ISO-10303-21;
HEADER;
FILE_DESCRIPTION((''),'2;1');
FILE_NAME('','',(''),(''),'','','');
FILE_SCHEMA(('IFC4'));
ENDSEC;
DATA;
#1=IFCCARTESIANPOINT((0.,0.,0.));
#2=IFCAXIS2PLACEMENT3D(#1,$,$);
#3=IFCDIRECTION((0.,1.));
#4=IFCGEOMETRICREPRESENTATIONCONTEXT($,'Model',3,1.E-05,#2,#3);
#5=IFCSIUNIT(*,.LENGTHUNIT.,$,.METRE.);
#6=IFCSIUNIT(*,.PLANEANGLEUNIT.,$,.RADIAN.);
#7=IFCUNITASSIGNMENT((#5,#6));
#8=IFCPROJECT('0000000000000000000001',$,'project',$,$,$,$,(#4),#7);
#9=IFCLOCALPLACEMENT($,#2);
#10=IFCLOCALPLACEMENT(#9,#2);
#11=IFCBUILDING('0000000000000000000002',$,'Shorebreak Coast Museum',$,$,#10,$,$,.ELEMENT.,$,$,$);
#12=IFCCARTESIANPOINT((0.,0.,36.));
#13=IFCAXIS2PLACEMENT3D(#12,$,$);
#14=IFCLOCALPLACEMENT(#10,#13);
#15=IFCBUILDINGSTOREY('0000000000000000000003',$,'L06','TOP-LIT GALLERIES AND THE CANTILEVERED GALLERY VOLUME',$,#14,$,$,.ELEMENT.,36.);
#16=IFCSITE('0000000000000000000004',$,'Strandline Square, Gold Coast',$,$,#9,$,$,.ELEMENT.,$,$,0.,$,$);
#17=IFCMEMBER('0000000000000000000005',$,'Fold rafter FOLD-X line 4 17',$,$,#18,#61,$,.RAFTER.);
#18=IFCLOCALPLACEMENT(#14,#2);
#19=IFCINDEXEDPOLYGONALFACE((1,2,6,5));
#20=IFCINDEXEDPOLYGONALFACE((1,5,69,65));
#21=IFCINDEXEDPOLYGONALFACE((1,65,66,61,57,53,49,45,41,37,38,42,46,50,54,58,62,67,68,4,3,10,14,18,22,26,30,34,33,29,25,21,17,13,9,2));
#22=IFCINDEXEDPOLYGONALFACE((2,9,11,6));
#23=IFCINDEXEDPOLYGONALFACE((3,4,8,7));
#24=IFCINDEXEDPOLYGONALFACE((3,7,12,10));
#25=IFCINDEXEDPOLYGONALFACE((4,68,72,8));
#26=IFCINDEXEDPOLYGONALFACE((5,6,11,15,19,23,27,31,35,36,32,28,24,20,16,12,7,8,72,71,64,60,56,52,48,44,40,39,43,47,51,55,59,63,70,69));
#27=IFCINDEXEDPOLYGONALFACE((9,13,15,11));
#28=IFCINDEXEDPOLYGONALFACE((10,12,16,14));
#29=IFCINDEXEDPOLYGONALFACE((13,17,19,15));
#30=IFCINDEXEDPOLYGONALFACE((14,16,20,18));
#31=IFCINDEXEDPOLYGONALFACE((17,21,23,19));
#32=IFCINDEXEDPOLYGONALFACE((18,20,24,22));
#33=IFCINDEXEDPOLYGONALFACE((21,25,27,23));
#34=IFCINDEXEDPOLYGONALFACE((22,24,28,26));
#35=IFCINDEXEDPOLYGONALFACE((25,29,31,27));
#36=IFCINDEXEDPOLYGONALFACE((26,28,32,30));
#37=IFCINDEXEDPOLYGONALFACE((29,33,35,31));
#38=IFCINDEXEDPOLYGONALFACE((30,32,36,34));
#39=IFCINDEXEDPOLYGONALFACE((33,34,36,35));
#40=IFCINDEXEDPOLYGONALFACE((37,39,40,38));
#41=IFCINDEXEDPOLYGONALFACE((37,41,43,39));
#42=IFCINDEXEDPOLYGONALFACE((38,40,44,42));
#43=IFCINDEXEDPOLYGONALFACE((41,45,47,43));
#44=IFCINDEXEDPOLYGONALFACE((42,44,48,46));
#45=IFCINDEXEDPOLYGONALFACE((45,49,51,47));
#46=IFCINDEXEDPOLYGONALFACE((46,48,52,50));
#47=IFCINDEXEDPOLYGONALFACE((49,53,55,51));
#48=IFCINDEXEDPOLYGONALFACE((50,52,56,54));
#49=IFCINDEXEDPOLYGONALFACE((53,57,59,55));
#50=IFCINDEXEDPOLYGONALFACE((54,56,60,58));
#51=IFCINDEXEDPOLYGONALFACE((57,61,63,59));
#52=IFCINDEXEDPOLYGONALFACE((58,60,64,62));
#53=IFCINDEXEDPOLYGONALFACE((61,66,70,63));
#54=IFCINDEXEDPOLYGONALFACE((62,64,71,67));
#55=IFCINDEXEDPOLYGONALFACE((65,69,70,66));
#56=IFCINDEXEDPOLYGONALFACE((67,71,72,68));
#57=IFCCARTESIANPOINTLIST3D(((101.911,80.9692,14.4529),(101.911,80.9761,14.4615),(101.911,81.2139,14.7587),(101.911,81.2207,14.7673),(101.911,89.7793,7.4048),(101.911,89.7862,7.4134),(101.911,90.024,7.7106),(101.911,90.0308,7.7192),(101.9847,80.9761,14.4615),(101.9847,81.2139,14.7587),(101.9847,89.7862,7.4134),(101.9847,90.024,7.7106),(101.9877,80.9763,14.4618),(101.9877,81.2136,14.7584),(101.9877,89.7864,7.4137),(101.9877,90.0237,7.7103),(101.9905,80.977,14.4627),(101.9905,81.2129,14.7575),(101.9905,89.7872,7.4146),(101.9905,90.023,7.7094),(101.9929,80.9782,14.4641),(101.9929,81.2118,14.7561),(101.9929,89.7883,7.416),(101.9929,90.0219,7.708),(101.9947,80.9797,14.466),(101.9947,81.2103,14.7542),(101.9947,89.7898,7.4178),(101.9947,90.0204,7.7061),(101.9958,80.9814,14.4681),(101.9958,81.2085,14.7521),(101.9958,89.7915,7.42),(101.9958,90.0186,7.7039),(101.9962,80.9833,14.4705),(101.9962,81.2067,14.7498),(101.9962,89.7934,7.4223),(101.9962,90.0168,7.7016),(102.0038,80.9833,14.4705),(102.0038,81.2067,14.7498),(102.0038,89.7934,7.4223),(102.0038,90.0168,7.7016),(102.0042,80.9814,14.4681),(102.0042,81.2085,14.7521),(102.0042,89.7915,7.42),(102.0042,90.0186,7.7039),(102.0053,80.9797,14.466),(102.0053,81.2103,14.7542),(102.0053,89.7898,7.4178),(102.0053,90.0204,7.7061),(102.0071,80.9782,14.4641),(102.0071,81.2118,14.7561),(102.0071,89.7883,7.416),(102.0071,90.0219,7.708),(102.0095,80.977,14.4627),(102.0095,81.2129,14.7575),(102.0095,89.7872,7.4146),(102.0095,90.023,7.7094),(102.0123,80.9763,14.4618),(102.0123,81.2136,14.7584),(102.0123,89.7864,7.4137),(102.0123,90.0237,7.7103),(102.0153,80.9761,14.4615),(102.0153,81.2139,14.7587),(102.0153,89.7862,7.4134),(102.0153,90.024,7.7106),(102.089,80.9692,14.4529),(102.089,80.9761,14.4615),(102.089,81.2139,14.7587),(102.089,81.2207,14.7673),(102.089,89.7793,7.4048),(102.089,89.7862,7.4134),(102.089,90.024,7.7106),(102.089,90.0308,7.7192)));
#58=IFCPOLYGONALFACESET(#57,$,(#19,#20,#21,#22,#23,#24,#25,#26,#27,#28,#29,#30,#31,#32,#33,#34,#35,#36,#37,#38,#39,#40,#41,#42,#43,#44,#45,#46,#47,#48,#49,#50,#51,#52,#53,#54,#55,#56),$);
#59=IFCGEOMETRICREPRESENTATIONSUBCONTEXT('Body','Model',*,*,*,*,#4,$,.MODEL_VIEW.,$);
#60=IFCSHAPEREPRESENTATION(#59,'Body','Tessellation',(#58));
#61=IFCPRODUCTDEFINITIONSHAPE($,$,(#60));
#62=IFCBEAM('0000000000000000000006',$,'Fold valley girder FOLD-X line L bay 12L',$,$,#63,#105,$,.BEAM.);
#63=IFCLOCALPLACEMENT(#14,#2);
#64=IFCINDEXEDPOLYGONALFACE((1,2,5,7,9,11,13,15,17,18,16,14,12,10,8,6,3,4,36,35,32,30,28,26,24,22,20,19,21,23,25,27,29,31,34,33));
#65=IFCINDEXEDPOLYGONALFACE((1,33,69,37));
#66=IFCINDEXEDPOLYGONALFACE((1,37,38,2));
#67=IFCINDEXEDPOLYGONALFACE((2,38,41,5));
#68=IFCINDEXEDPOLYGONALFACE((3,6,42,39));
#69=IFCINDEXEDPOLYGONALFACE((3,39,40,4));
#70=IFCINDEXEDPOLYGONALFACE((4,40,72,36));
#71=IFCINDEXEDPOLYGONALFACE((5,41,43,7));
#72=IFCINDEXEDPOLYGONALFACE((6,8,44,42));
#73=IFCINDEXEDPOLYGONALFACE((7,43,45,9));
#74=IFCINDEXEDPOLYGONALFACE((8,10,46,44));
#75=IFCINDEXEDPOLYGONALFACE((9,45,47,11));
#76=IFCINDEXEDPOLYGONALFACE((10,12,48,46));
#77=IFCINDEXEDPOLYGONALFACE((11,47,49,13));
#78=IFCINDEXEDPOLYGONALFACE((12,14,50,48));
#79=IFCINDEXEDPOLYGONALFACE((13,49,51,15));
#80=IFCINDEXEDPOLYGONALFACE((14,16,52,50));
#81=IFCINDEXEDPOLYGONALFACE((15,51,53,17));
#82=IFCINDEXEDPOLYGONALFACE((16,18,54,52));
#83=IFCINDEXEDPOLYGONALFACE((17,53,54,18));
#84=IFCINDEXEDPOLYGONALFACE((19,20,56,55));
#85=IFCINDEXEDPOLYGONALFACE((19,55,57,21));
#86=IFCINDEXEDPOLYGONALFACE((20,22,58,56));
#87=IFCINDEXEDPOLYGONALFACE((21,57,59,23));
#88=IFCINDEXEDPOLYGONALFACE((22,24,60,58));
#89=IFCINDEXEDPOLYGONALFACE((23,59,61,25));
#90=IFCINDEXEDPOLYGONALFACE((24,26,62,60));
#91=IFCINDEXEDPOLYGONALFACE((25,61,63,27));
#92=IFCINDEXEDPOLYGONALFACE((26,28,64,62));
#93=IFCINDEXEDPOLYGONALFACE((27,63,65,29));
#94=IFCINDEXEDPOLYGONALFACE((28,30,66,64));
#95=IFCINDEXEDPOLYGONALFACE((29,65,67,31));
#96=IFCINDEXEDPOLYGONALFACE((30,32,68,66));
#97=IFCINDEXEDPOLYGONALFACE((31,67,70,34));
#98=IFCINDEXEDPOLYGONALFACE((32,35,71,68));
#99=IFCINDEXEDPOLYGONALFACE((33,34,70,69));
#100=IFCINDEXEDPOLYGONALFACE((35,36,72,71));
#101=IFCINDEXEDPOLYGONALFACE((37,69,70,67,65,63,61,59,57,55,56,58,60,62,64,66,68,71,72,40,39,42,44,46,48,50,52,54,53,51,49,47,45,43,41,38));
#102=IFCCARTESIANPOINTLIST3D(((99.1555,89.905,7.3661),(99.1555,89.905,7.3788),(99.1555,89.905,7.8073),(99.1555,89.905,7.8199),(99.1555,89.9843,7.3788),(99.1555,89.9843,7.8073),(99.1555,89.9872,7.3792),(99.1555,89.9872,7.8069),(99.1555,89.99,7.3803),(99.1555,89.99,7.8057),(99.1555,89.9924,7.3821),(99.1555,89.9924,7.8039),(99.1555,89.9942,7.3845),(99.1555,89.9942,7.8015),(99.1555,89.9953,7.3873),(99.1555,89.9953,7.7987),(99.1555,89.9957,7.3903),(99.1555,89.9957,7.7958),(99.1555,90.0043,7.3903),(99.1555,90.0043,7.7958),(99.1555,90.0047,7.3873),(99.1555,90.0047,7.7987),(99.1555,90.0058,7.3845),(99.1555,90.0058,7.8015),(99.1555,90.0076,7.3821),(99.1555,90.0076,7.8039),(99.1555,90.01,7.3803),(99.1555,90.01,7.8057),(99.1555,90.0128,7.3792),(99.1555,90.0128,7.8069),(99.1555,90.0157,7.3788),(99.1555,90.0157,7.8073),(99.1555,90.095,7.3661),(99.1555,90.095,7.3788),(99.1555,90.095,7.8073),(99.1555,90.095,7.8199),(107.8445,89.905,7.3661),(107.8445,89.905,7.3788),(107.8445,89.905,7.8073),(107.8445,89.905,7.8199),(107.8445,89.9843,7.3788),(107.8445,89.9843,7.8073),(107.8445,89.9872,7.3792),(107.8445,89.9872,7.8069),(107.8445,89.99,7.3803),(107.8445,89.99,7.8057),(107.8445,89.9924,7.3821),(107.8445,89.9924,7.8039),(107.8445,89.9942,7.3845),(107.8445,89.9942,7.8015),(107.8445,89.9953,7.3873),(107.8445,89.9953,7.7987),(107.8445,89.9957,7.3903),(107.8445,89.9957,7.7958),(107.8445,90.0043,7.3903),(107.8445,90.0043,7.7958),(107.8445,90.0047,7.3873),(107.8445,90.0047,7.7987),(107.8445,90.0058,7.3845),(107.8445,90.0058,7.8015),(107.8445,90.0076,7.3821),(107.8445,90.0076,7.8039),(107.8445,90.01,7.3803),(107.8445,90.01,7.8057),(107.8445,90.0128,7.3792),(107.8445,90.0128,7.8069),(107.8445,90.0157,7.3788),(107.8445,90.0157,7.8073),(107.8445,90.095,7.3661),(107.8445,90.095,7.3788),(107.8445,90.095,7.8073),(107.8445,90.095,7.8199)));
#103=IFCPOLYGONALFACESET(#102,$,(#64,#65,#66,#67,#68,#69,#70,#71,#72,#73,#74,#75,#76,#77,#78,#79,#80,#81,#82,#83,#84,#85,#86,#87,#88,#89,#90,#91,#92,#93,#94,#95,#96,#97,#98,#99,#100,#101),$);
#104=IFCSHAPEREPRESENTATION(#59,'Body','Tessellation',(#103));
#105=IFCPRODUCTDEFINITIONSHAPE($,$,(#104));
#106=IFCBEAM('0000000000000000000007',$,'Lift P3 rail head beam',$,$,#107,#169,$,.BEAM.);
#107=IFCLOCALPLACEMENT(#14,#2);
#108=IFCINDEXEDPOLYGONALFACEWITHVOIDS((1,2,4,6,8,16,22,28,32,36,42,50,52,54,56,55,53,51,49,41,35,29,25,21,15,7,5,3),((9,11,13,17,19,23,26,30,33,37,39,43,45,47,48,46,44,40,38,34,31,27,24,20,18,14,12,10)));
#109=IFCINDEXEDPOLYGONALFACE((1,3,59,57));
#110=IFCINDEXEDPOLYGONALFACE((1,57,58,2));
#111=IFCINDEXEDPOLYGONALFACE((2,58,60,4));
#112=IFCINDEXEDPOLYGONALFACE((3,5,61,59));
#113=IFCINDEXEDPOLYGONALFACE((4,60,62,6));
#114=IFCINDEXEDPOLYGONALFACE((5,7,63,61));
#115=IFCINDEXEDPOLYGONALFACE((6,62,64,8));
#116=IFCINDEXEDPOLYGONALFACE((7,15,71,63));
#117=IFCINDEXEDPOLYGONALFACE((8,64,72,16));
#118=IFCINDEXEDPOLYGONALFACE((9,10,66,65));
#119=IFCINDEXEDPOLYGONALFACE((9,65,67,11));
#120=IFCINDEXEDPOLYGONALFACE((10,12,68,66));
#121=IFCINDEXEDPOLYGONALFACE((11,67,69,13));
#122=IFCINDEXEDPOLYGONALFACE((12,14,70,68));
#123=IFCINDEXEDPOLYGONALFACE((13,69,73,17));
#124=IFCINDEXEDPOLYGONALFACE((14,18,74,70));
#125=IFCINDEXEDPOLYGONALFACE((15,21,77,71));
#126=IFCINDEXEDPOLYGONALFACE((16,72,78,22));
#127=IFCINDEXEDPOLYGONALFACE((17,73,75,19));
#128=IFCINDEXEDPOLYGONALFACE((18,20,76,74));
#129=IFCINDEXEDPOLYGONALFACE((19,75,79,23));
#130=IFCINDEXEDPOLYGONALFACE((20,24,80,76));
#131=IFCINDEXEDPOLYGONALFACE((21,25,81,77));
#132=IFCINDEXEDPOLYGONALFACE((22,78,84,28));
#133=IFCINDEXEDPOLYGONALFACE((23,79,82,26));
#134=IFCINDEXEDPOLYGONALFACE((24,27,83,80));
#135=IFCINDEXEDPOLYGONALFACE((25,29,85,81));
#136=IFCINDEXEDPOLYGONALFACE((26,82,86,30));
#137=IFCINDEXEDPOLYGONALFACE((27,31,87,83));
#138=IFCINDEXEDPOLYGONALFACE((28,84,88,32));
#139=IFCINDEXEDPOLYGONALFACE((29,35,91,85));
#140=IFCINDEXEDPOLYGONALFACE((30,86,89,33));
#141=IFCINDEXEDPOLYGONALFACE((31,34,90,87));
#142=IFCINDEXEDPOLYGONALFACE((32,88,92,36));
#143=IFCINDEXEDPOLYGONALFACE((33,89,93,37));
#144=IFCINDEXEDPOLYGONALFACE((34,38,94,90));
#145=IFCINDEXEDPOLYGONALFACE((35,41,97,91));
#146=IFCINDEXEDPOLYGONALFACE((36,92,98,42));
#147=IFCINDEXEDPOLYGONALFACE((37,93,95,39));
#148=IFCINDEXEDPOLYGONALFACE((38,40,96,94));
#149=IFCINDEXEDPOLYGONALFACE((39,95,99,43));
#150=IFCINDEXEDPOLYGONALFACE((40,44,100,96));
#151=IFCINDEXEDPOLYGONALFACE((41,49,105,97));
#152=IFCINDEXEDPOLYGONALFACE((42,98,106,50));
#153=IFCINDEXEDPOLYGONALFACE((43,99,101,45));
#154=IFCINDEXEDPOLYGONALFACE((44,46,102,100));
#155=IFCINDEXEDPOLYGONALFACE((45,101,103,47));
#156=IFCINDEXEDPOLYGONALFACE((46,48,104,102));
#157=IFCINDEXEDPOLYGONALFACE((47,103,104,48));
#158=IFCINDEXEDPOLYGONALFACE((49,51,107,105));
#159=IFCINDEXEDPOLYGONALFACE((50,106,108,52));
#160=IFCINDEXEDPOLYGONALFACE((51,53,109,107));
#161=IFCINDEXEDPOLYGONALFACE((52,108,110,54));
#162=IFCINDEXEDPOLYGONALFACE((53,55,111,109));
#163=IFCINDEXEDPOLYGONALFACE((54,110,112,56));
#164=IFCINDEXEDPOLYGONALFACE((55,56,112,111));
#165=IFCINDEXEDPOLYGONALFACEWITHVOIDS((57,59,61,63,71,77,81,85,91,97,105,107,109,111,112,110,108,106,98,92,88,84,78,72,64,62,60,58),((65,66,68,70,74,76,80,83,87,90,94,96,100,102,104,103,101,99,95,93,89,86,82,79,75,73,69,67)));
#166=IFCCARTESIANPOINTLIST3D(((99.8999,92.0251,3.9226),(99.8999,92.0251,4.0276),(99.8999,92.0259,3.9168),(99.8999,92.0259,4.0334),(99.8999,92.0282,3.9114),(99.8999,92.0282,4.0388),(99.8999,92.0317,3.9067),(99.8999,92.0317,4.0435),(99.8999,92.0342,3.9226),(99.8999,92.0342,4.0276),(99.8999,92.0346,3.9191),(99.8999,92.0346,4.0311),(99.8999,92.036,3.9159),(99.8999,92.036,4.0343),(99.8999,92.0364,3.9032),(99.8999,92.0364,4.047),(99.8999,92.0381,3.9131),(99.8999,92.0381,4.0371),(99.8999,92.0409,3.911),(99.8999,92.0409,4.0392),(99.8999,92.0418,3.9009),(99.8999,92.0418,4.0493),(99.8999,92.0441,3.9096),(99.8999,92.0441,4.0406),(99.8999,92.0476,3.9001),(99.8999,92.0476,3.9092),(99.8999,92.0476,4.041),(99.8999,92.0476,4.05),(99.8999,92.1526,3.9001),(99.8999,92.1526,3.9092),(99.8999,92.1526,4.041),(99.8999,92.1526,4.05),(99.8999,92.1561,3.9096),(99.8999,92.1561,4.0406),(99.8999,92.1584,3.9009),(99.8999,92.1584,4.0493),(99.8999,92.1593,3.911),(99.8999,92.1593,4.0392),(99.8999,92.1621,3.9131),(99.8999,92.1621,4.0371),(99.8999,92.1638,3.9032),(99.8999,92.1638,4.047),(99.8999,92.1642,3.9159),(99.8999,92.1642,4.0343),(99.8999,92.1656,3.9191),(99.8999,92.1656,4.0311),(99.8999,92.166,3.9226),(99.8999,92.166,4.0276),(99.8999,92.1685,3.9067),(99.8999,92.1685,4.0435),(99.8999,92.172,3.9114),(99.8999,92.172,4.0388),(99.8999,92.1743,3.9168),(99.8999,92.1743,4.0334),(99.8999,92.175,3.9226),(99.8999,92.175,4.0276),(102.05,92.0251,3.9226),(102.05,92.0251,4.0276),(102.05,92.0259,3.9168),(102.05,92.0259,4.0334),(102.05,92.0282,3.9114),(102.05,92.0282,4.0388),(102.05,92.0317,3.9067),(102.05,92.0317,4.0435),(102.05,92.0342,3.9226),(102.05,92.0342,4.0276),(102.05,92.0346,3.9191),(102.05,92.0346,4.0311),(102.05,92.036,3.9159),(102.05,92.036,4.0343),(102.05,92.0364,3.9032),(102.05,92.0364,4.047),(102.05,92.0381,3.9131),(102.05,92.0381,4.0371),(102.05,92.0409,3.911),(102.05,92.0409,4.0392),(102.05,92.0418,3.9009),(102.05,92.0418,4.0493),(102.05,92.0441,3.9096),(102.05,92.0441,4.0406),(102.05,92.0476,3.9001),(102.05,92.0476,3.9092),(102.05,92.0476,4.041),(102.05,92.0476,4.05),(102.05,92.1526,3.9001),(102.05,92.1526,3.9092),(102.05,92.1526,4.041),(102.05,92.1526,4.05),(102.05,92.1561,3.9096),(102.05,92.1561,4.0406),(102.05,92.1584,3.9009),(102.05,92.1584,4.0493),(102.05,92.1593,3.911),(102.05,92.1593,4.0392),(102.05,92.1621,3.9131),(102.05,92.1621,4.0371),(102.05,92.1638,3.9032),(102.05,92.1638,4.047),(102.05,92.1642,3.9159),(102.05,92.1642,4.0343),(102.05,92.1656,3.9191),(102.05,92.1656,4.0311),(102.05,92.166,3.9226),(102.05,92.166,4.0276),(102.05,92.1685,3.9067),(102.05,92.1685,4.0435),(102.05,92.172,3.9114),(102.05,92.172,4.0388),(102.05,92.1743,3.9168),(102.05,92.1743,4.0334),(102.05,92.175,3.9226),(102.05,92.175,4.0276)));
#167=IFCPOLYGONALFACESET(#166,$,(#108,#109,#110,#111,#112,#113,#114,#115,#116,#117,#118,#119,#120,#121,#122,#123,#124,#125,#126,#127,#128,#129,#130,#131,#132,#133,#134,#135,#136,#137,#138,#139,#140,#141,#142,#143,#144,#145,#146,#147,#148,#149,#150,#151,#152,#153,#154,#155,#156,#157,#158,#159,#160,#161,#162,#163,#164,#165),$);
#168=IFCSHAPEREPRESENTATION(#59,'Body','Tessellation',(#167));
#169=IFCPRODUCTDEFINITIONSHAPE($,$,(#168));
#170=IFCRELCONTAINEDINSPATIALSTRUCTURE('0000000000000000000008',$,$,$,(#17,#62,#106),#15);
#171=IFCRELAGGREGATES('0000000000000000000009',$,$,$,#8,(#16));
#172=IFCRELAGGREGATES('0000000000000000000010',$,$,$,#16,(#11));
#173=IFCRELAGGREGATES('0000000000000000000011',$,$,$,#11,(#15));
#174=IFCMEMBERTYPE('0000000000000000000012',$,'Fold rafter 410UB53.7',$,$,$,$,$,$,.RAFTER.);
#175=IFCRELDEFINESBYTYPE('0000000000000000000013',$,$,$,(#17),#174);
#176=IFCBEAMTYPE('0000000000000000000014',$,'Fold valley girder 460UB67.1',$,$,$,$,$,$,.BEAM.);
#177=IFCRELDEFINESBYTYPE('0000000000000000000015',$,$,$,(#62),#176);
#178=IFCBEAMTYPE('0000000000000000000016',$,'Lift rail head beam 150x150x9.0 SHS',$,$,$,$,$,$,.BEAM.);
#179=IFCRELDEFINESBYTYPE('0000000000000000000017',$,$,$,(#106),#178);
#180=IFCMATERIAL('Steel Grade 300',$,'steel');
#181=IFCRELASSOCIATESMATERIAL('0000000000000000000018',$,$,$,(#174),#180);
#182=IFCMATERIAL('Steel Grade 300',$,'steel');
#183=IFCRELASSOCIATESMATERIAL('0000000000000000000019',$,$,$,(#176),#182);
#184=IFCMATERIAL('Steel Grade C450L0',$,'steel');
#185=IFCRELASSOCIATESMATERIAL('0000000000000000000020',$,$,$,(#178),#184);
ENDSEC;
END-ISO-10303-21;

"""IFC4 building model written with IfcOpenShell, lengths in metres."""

from ifc_helpers import new_model, si_unit, direction, frame, origin, origin_2d, place, context, subcontext, project, spatial, hollow_rectangle, i_section, extrude, material, material_profile, profile_set, type_object, element, save


model = new_model("IFC4")

# Units and contexts
model_context = context("Model", 3, precision=1e-05, world=origin(), true_north=direction((0.0, 1.0)))
body_context = subcontext(model_context, "Body", "Model", "MODEL_VIEW")
ifc_project = project(units=[si_unit("LENGTHUNIT", "METRE"), si_unit("PLANEANGLEUNIT", "RADIAN")], contexts=[model_context])

# Site, building, storey
site_placement = place(None, origin())
site = spatial("IfcSite", under=ifc_project, at=site_placement, Name="Strandline Square, Gold Coast", CompositionType="ELEMENT", RefElevation=0.0)
building_placement = place(site_placement, origin())
building = spatial("IfcBuilding", under=site, at=building_placement, Name="Shorebreak Coast Museum", CompositionType="ELEMENT")
storey_placement = place(building_placement, frame((0.0, 0.0, 36.0)))
storey = spatial("IfcBuildingStorey", under=building, at=storey_placement, Name="L06", Description="TOP-LIT GALLERIES AND THE CANTILEVERED GALLERY VOLUME", CompositionType="ELEMENT", Elevation=36.0)

# Member
ifc_material_1 = material(Name="Steel Grade 300", Category="steel")
ifc_material_profile_1 = material_profile(ifc_material_1, i_section(OverallWidth=0.178, OverallDepth=0.4026, WebThickness=0.0076, FlangeThickness=0.011, FilletRadius=0.0115, at=origin_2d()), Name="410UB53.7")
ifc_profile_set_1 = profile_set([ifc_material_profile_1], Name="Steel Grade 300")
member_type_1 = type_object("IfcMemberType", Name="Fold rafter 410UB53.7", PredefinedType="RAFTER", material=ifc_profile_set_1)
member_1_placement = place(storey_placement, frame((102.0, 81.095, 14.6101), z_axis=(0.0, 0.780867, -0.624698), x_axis=(-1.0, 0.0, 0.0)))
element("IfcMember", 1, at=member_1_placement, inside=storey, type_object=member_type_1, Name="Fold rafter FOLD-X line 4 17", PredefinedType="RAFTER", context=body_context, shape_type="SweptSolid", body=[
    extrude(i_section(OverallWidth=0.178, OverallDepth=0.4026, WebThickness=0.0076, FlangeThickness=0.011, FilletRadius=0.0115, at=origin_2d()), origin(), (0.0, 0.0, 1.0), 11.2825),
])

# Beams
ifc_material_2 = material(Name="Steel Grade 300", Category="steel")
ifc_material_profile_2 = material_profile(ifc_material_2, i_section(OverallWidth=0.1899, OverallDepth=0.4539, WebThickness=0.0085, FlangeThickness=0.0127, FilletRadius=0.0115, at=origin_2d()), Name="460UB67.1")
ifc_profile_set_2 = profile_set([ifc_material_profile_2], Name="Steel Grade 300")
beam_type_1 = type_object("IfcBeamType", Name="Fold valley girder 460UB67.1", PredefinedType="BEAM", material=ifc_profile_set_2)
beam_1_placement = place(storey_placement, frame((99.1555, 90.0, 7.593), z_axis=(1.0, 0.0, 0.0), x_axis=(0.0, 1.0, 0.0)))
element("IfcBeam", 2, at=beam_1_placement, inside=storey, type_object=beam_type_1, Name="Fold valley girder FOLD-X line L bay 12L", PredefinedType="BEAM", context=body_context, shape_type="SweptSolid", body=[
    extrude(i_section(OverallWidth=0.1899, OverallDepth=0.4539, WebThickness=0.0085, FlangeThickness=0.0127, FilletRadius=0.0115, at=origin_2d()), origin(), (0.0, 0.0, 1.0), 8.689),
])
ifc_material_3 = material(Name="Steel Grade C450L0", Category="steel")
ifc_material_profile_3 = material_profile(ifc_material_3, hollow_rectangle(XDim=0.1499, YDim=0.1499, WallThickness=0.009, InnerFilletRadius=0.0134, OuterFilletRadius=0.0225, at=origin_2d()), Name="150x150x9.0 SHS")
ifc_profile_set_3 = profile_set([ifc_material_profile_3], Name="Steel Grade C450L0")
beam_type_2 = type_object("IfcBeamType", Name="Lift rail head beam 150x150x9.0 SHS", PredefinedType="BEAM", material=ifc_profile_set_3)
beam_2_placement = place(storey_placement, frame((99.8999, 92.1001, 3.9751), z_axis=(1.0, 0.0, 0.0), x_axis=(0.0, 1.0, 0.0)))
element("IfcBeam", 3, at=beam_2_placement, inside=storey, type_object=beam_type_2, Name="Lift P3 rail head beam", PredefinedType="BEAM", context=body_context, shape_type="SweptSolid", body=[
    extrude(hollow_rectangle(XDim=0.1499, YDim=0.1499, WallThickness=0.009, InnerFilletRadius=0.0134, OuterFilletRadius=0.0225, at=origin_2d()), origin(), (0.0, 0.0, 1.0), 2.1501),
])

save(model, "model.ifc")
